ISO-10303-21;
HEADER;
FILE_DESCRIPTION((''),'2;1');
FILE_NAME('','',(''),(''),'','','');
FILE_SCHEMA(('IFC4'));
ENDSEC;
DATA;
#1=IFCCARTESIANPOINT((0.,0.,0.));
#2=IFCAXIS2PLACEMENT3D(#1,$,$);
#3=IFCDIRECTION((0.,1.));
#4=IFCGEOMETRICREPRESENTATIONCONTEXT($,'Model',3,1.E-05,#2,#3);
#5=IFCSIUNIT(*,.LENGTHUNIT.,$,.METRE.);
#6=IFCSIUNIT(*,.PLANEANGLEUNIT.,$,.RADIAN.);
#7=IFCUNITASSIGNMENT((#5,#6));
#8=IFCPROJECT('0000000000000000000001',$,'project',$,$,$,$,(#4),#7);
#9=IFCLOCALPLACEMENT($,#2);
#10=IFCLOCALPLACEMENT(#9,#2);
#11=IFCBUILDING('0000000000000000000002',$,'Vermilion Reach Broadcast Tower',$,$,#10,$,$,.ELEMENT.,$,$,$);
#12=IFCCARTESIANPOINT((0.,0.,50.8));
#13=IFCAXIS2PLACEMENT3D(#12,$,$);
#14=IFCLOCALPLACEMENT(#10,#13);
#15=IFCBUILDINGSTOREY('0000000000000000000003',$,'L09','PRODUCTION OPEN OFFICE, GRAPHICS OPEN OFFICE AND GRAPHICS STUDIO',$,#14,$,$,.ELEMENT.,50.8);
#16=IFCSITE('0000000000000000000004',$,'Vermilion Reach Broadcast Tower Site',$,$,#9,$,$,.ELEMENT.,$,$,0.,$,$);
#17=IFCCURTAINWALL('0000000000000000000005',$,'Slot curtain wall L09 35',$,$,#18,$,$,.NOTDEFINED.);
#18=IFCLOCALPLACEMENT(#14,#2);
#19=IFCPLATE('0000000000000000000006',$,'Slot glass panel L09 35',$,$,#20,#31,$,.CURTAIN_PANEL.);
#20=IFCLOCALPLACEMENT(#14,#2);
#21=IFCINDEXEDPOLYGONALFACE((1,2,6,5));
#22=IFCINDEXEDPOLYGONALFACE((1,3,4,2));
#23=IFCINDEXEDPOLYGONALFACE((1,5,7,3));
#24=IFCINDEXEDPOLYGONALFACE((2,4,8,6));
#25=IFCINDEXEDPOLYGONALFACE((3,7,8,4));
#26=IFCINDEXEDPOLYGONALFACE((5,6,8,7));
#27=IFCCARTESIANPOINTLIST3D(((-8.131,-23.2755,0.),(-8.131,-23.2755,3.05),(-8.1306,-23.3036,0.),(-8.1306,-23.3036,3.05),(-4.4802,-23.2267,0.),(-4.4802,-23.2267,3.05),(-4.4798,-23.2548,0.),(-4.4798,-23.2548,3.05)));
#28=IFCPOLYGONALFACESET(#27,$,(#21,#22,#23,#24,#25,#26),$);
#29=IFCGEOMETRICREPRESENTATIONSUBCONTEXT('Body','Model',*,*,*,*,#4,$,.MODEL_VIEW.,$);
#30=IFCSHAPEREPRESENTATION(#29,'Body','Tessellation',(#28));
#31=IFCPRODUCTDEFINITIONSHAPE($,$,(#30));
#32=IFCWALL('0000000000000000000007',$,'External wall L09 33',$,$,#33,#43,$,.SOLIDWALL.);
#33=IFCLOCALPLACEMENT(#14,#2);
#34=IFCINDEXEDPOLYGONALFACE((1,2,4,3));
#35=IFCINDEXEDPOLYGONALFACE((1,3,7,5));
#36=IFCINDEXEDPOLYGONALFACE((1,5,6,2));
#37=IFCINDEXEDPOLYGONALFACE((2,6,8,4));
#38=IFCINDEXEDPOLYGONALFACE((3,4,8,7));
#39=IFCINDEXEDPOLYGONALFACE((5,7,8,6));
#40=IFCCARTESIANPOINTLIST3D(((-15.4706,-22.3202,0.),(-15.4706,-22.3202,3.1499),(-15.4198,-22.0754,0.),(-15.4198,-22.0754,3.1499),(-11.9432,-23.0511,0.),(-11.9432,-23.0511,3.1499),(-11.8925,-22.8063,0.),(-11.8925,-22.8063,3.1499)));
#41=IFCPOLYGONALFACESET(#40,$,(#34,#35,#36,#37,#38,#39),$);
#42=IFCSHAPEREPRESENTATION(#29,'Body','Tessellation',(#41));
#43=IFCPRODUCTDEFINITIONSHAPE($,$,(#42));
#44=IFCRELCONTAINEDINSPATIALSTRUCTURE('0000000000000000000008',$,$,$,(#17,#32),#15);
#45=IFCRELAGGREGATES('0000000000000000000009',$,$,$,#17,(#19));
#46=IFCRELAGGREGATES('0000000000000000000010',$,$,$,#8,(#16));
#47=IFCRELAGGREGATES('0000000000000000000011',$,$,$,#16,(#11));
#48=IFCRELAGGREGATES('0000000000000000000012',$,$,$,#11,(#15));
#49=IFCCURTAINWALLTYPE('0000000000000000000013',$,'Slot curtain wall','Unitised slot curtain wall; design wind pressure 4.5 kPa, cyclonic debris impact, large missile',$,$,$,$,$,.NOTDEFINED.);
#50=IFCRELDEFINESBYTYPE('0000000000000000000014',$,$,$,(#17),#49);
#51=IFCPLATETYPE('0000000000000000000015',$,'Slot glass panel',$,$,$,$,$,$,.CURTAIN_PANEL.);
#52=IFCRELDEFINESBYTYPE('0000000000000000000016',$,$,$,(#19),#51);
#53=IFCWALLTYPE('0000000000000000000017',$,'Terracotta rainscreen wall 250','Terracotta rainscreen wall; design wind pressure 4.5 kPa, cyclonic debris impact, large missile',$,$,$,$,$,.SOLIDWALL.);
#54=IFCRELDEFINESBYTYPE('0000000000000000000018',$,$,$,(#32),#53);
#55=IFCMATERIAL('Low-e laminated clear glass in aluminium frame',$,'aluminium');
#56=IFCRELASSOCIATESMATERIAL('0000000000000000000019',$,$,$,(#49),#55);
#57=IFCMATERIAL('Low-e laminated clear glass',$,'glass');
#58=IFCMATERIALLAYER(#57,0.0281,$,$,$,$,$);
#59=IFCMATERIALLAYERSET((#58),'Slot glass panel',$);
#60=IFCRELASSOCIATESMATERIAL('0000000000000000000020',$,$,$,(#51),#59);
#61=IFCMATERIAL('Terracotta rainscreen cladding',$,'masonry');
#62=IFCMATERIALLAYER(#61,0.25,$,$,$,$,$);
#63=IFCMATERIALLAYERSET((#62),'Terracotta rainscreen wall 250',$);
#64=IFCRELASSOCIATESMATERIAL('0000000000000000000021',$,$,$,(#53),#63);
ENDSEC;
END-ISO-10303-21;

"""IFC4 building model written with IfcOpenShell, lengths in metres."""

from ifc_helpers import new_model, si_unit, direction, frame, frame_2d, origin, origin_2d, place, context, subcontext, project, spatial, rectangle, extrude, material, layer, layer_set, type_object, element, aggregate, save


model = new_model("IFC4")

# Units and contexts
model_context = context("Model", 3, precision=1e-05, world=origin(), true_north=direction((0.0, 1.0)))
body_context = subcontext(model_context, "Body", "Model", "MODEL_VIEW")
ifc_project = project(units=[si_unit("LENGTHUNIT", "METRE"), si_unit("PLANEANGLEUNIT", "RADIAN")], contexts=[model_context])

# Site, building, storey
site_placement = place(None, origin())
site = spatial("IfcSite", under=ifc_project, at=site_placement, Name="Vermilion Reach Broadcast Tower Site", CompositionType="ELEMENT", RefElevation=0.0)
building_placement = place(site_placement, origin())
building = spatial("IfcBuilding", under=site, at=building_placement, Name="Vermilion Reach Broadcast Tower", CompositionType="ELEMENT")
storey_placement = place(building_placement, frame((0.0, 0.0, 50.8)))
storey = spatial("IfcBuildingStorey", under=building, at=storey_placement, Name="L09", Description="PRODUCTION OPEN OFFICE, GRAPHICS OPEN OFFICE AND GRAPHICS STUDIO", CompositionType="ELEMENT", Elevation=50.8)

# Curtain wall
ifc_material_1 = material(Name="Low-e laminated clear glass in aluminium frame", Category="aluminium")
curtain_wall_type = type_object("IfcCurtainWallType", Name="Slot curtain wall", Description="Unitised slot curtain wall; design wind pressure 4.5 kPa, cyclonic debris impact, large missile", PredefinedType="NOTDEFINED", material=ifc_material_1)
placement = place(storey_placement, origin())
curtain_wall_1 = element("IfcCurtainWall", 1, at=placement, inside=storey, type_object=curtain_wall_type, Name="Slot curtain wall L09 35", PredefinedType="NOTDEFINED")

# Plate
ifc_material_2 = material(Name="Low-e laminated clear glass", Category="glass")
ifc_layer_1 = layer(ifc_material_2, 0.0281)
ifc_layer_set_1 = layer_set([ifc_layer_1], Name="Slot glass panel")
plate_type = type_object("IfcPlateType", Name="Slot glass panel", PredefinedType="CURTAIN_PANEL", material=ifc_layer_set_1)
plate_1_placement = place(storey_placement, frame((-6.3054, -23.2651, 0.0), z_axis=(0.0, 0.0, 1.0), x_axis=(0.999911, 0.013363, 0.0)))
plate_1 = element("IfcPlate", 2, at=plate_1_placement, type_object=plate_type, Name="Slot glass panel L09 35", PredefinedType="CURTAIN_PANEL", context=body_context, shape_type="SweptSolid", body=[
    extrude(rectangle(XDim=3.6511, YDim=0.0281, at=origin_2d()), origin(), (0.0, 0.0, 1.0), 3.05),
])
aggregate(curtain_wall_1, [plate_1])

# Wall
ifc_material_3 = material(Name="Terracotta rainscreen cladding", Category="masonry")
ifc_layer_2 = layer(ifc_material_3, 0.25)
ifc_layer_set_2 = layer_set([ifc_layer_2], Name="Terracotta rainscreen wall 250")
wall_type = type_object("IfcWallType", Name="Terracotta rainscreen wall 250", Description="Terracotta rainscreen wall; design wind pressure 4.5 kPa, cyclonic debris impact, large missile", PredefinedType="SOLIDWALL", material=ifc_layer_set_2)
wall_placement = place(storey_placement, frame((-15.4453, -22.1978, 0.0), z_axis=(0.0, 0.0, 1.0), x_axis=(0.979196, -0.202915, 0.0)))
element("IfcWall", 3, at=wall_placement, inside=storey, type_object=wall_type, Name="External wall L09 33", PredefinedType="SOLIDWALL", context=body_context, shape_type="SweptSolid", body=[
    extrude(rectangle(XDim=3.6023, YDim=0.25, at=frame_2d((1.8013, 0.0))), origin(), (0.0, 0.0, 1.0), 3.1499),
])

save(model, "model.ifc")
